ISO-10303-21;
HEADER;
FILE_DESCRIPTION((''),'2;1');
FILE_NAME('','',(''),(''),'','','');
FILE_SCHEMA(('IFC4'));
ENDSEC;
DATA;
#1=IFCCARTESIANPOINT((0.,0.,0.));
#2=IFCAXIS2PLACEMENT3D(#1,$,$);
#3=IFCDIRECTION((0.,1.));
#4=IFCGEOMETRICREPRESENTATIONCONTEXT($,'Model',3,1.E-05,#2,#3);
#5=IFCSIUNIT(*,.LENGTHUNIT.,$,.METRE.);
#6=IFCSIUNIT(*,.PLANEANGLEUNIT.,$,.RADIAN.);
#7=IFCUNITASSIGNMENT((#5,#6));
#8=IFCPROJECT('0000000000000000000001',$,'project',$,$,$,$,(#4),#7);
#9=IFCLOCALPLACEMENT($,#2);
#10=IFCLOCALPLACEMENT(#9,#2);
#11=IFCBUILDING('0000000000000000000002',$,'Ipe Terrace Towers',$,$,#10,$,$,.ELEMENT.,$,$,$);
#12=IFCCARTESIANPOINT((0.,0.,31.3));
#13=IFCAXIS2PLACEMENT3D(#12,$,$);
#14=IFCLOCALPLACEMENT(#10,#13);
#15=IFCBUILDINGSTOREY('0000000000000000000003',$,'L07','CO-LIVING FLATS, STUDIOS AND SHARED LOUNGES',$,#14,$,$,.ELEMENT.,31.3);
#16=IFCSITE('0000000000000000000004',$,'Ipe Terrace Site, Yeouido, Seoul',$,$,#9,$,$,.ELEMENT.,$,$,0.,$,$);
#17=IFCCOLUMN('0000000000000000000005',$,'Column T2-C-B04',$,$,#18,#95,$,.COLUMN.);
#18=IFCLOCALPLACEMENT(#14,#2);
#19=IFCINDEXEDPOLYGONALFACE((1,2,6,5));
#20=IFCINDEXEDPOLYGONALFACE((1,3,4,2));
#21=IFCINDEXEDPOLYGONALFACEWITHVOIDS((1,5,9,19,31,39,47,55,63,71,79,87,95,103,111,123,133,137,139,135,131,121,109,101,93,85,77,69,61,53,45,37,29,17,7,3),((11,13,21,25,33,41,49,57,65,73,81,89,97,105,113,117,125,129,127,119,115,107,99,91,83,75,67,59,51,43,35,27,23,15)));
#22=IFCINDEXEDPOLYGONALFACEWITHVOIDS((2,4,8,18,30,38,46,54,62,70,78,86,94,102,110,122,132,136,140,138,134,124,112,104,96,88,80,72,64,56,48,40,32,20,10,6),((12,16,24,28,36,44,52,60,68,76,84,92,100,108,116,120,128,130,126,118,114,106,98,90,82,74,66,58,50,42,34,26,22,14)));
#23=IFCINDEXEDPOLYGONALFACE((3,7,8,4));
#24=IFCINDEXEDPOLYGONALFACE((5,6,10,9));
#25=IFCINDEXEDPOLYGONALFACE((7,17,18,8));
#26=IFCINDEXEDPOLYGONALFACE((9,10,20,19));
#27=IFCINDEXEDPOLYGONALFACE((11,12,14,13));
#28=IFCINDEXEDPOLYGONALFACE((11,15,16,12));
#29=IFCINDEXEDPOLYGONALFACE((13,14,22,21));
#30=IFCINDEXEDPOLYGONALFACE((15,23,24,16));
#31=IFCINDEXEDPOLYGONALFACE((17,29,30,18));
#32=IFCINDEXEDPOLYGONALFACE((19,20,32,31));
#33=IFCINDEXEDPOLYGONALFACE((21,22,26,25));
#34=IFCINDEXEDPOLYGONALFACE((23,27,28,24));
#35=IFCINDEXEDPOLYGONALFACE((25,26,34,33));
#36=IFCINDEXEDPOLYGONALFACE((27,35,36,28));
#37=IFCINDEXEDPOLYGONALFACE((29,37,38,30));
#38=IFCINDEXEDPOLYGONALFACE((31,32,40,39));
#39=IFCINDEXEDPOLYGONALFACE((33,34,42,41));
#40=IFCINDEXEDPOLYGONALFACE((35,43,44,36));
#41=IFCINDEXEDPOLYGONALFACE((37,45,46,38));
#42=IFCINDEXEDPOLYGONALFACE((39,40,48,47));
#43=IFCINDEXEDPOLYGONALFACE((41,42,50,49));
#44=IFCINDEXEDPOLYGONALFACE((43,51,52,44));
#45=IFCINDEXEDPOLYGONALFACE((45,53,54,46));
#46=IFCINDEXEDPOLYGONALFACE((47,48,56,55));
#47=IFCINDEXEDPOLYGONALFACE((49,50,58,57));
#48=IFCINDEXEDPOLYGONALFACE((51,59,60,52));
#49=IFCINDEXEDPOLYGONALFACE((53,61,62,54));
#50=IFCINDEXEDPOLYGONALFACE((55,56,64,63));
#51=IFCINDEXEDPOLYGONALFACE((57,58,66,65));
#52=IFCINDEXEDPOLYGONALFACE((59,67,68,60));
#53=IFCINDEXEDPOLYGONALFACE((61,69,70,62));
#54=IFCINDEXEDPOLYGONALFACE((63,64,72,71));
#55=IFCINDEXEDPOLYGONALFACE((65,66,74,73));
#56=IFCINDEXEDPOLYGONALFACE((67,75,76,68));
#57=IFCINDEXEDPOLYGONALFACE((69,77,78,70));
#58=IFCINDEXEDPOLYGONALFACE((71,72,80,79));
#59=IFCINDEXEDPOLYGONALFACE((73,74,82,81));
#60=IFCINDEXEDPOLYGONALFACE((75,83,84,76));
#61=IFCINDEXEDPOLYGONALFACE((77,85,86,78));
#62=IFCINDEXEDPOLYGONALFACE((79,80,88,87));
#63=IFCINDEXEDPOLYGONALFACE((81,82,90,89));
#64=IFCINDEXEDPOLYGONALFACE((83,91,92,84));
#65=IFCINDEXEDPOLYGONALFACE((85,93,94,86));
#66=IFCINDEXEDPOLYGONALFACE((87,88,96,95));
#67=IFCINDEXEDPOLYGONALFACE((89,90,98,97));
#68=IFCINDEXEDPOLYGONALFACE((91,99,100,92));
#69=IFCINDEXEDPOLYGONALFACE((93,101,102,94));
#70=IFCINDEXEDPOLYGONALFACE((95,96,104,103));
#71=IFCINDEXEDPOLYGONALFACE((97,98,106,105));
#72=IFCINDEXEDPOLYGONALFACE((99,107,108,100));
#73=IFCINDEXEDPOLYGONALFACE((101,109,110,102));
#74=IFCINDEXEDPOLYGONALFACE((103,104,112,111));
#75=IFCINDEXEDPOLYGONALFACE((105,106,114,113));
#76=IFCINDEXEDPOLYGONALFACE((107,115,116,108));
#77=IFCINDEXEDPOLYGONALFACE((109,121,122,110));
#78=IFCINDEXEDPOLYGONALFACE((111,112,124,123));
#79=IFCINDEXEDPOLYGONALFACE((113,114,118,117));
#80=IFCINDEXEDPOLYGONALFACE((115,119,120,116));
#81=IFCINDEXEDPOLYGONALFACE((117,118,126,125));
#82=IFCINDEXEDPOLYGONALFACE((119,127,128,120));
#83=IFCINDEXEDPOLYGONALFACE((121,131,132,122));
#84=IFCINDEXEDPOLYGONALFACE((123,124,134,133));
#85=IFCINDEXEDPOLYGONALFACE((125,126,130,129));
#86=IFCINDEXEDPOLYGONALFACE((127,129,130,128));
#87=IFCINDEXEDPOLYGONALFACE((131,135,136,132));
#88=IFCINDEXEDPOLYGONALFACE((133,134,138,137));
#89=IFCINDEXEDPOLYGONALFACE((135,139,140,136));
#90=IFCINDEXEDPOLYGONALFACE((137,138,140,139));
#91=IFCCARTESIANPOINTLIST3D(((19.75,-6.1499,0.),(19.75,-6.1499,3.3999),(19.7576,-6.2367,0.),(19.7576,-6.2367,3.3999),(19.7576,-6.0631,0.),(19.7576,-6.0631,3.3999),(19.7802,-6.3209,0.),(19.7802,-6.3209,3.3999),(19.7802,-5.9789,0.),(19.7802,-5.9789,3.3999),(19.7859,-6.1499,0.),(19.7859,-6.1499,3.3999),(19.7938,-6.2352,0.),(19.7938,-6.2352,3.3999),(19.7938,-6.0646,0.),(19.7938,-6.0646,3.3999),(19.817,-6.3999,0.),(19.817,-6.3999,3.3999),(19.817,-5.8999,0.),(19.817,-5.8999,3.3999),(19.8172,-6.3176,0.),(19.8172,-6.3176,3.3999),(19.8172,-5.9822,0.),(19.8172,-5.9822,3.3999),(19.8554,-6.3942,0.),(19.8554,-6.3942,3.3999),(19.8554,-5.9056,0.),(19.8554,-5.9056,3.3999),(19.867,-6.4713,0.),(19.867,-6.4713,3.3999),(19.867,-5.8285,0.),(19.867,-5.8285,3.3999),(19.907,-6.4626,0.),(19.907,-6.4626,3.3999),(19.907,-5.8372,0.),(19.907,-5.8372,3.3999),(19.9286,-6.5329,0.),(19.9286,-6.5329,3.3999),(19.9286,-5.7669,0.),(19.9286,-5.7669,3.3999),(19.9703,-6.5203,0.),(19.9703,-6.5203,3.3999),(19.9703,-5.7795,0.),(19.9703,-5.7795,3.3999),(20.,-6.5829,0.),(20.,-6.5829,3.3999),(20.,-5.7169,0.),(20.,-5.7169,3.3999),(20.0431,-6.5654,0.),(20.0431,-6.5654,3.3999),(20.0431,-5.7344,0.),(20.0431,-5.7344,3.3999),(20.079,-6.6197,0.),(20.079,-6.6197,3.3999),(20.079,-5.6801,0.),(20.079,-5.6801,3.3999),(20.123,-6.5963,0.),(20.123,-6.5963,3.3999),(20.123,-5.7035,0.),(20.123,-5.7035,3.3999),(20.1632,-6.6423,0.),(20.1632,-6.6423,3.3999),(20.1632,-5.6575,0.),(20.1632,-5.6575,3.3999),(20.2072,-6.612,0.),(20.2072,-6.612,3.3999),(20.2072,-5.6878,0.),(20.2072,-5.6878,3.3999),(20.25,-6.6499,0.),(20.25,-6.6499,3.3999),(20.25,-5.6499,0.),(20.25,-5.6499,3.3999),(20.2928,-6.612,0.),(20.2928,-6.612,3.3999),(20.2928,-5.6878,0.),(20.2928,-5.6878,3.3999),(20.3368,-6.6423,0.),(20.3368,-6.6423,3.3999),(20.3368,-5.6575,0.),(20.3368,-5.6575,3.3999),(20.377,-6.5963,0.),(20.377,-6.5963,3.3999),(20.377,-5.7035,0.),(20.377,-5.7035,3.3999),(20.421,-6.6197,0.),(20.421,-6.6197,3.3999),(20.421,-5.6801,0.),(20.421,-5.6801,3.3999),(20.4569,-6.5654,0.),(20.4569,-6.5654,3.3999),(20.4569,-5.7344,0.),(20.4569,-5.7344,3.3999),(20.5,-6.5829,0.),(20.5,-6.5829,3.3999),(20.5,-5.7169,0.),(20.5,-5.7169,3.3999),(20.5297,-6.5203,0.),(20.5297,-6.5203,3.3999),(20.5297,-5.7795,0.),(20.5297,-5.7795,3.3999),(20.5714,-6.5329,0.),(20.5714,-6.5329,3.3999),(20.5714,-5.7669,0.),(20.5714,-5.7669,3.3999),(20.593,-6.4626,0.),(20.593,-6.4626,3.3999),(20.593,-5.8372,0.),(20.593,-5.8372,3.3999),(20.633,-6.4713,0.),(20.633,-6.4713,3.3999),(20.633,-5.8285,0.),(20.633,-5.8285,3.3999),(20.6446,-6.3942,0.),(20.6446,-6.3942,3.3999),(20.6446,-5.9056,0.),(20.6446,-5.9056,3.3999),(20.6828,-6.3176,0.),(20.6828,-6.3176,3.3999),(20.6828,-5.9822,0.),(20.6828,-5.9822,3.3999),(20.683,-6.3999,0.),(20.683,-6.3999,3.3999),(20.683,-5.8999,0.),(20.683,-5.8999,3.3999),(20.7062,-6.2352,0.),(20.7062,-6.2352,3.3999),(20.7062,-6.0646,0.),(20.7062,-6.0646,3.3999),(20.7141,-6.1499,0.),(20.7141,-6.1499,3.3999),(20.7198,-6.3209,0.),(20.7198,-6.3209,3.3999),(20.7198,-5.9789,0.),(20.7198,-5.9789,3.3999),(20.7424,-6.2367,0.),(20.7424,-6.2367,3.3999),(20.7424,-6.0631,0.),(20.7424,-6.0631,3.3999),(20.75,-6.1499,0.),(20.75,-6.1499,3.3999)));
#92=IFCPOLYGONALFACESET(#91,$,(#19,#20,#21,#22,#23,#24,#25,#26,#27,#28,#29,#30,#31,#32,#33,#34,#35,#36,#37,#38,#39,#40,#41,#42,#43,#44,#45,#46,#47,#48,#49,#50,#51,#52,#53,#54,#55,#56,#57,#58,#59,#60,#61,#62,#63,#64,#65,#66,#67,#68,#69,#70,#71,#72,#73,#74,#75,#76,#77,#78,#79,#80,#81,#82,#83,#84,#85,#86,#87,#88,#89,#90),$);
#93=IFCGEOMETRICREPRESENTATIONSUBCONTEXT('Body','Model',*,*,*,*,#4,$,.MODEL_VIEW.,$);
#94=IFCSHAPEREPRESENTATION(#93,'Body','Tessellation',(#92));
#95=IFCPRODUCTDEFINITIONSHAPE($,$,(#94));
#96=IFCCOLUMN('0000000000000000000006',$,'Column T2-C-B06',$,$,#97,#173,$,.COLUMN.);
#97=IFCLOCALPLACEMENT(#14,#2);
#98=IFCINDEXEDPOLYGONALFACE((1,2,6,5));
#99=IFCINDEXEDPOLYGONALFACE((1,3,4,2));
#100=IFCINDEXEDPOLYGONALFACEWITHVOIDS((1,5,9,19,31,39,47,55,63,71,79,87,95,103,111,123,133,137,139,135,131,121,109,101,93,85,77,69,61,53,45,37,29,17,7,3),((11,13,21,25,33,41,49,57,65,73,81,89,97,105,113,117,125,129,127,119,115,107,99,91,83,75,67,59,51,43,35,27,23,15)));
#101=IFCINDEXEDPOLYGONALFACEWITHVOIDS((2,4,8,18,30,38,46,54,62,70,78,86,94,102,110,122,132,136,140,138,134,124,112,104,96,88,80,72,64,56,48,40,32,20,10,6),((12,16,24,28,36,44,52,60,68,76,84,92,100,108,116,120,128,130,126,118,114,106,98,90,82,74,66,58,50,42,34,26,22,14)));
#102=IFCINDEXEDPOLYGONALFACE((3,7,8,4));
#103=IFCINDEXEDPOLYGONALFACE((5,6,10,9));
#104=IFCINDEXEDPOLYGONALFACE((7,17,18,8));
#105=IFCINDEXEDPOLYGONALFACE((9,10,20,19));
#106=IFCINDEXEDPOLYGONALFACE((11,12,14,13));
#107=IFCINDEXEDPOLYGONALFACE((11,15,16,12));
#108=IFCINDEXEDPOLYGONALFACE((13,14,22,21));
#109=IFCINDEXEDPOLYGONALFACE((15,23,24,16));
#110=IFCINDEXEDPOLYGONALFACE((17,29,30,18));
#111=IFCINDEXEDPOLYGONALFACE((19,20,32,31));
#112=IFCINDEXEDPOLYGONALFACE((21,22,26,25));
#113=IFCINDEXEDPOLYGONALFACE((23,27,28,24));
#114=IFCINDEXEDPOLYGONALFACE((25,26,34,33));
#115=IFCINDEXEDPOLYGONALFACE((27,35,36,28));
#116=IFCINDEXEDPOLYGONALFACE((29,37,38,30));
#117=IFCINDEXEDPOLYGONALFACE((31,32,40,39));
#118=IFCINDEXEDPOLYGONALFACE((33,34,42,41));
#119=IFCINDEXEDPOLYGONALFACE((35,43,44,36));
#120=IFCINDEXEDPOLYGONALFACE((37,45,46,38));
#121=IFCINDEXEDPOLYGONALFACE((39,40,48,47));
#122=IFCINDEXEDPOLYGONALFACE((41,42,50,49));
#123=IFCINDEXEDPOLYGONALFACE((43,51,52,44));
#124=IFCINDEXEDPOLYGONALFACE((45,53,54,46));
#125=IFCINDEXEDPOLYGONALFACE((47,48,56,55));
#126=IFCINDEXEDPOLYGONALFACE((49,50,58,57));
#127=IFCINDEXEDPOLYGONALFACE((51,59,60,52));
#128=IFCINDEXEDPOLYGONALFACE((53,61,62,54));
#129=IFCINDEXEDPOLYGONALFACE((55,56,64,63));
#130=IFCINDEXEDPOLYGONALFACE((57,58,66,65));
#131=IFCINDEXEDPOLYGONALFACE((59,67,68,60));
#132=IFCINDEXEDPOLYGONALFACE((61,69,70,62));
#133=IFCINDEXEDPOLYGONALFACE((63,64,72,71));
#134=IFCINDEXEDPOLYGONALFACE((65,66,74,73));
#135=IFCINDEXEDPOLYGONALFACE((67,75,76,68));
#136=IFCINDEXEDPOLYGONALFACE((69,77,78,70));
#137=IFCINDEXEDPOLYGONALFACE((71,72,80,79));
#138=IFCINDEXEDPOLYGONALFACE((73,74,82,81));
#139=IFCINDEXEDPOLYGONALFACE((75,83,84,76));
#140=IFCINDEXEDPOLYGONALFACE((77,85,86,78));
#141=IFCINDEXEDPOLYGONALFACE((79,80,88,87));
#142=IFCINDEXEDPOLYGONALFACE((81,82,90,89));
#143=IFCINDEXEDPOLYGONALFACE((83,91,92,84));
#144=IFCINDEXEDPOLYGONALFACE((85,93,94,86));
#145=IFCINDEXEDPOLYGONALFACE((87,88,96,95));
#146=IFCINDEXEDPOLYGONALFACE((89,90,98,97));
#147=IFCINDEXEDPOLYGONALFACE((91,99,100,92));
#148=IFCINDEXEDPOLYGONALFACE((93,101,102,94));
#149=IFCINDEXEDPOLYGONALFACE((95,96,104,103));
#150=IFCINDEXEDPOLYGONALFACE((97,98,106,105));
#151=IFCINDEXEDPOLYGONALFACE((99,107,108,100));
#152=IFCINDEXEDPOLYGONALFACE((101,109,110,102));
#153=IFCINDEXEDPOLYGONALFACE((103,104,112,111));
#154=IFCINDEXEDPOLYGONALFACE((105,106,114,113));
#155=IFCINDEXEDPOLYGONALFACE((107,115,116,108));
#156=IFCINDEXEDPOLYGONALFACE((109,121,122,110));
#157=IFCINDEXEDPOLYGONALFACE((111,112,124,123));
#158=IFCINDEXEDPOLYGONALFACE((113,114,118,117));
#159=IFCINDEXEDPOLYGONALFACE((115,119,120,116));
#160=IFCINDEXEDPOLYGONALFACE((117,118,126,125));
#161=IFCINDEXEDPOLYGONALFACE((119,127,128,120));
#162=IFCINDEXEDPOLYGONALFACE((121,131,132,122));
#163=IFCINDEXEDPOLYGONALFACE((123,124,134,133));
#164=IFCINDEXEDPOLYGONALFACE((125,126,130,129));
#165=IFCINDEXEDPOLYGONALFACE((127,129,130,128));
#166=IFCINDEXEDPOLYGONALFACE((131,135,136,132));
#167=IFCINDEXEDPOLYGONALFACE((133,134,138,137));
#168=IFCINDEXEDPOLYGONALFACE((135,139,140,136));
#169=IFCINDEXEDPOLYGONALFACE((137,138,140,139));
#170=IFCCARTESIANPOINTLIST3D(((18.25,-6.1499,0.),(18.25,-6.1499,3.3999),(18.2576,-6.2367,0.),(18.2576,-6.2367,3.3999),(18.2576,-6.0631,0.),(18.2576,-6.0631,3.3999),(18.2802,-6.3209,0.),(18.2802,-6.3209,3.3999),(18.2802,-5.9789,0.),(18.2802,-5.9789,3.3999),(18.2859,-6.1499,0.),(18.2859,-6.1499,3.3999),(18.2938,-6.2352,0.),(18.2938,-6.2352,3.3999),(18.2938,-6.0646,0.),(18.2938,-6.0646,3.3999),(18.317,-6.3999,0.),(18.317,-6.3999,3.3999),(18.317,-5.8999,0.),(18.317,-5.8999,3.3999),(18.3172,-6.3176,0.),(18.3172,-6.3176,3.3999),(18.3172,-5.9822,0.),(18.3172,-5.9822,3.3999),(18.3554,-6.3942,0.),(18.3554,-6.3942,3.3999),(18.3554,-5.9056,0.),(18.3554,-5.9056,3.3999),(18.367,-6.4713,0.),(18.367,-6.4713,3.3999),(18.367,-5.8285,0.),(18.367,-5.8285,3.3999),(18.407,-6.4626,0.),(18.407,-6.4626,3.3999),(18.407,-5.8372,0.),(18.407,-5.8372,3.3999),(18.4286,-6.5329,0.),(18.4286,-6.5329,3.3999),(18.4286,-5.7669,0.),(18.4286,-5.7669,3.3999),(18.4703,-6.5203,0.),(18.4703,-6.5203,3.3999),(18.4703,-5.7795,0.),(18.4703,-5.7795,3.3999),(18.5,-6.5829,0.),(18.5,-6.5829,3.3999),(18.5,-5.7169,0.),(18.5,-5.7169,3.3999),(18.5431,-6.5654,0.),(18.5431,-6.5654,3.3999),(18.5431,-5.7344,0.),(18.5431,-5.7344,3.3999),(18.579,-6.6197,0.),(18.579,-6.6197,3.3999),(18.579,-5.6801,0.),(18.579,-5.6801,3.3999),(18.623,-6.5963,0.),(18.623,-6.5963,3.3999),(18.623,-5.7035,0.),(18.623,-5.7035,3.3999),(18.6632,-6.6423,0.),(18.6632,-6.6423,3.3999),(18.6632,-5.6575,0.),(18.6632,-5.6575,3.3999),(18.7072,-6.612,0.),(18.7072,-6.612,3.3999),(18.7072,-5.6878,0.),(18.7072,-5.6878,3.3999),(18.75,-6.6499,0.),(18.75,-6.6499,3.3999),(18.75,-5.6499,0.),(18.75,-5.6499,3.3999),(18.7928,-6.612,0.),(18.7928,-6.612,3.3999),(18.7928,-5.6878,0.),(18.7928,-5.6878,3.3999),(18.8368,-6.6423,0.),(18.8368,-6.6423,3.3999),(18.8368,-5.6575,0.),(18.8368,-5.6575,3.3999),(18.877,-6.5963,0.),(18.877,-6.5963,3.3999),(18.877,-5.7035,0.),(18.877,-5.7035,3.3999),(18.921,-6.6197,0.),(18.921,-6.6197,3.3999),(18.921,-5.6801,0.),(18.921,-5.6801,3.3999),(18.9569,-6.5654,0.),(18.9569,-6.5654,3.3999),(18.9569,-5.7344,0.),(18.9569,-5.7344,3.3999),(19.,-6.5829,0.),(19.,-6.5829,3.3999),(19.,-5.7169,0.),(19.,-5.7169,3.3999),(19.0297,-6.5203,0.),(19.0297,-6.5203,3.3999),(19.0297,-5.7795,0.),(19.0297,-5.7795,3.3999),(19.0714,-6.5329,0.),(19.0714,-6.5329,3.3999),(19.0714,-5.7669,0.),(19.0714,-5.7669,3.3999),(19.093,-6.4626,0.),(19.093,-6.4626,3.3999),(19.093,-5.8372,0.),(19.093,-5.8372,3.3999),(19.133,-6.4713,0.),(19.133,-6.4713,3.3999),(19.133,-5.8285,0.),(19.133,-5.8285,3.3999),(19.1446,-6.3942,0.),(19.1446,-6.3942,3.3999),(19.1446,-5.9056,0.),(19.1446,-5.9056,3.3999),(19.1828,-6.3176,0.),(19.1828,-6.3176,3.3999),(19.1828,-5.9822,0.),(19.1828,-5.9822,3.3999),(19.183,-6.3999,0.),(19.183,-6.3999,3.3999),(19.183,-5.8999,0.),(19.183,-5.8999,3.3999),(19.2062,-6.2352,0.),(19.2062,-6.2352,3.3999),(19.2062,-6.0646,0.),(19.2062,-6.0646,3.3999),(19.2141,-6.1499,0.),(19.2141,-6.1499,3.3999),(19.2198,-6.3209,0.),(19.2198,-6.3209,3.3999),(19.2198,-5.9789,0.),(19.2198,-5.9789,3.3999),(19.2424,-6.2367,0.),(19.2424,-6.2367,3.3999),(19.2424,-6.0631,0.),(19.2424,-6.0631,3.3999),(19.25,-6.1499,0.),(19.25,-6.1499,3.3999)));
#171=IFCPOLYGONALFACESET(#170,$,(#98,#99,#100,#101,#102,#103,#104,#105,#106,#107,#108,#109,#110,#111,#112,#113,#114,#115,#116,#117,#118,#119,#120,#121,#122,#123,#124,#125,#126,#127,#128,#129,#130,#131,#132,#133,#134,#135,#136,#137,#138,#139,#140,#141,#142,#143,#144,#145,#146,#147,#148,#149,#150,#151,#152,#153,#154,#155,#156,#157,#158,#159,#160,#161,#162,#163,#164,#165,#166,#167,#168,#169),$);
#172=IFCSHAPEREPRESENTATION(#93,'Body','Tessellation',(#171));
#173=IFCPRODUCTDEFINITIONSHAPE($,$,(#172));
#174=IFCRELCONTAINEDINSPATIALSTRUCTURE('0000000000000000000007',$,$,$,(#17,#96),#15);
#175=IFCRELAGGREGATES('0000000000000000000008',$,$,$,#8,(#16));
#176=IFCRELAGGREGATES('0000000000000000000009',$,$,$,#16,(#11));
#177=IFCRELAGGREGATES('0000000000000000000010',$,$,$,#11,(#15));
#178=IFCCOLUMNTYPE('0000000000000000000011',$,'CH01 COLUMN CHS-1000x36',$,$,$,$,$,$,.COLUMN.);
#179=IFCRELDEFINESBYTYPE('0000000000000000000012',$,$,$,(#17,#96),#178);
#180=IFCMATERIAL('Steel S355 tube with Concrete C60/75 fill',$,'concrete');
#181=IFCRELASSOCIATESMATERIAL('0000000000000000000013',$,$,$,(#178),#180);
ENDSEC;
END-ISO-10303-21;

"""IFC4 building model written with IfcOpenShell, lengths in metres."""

from ifc_helpers import new_model, si_unit, direction, frame, origin, origin_2d, place, context, subcontext, project, spatial, hollow_circle, extrude, material, material_profile, profile_set, type_object, element, save


model = new_model("IFC4")

# Units and contexts
model_context = context("Model", 3, precision=1e-05, world=origin(), true_north=direction((0.0, 1.0)))
body_context = subcontext(model_context, "Body", "Model", "MODEL_VIEW")
ifc_project = project(units=[si_unit("LENGTHUNIT", "METRE"), si_unit("PLANEANGLEUNIT", "RADIAN")], contexts=[model_context])

# Site, building, storey
site_placement = place(None, origin())
site = spatial("IfcSite", under=ifc_project, at=site_placement, Name="Ipe Terrace Site, Yeouido, Seoul", CompositionType="ELEMENT", RefElevation=0.0)
building_placement = place(site_placement, origin())
building = spatial("IfcBuilding", under=site, at=building_placement, Name="Ipe Terrace Towers", CompositionType="ELEMENT")
storey_placement = place(building_placement, frame((0.0, 0.0, 31.3)))
storey = spatial("IfcBuildingStorey", under=building, at=storey_placement, Name="L07", Description="CO-LIVING FLATS, STUDIOS AND SHARED LOUNGES", CompositionType="ELEMENT", Elevation=31.3)

# Columns
ifc_material_1 = material(Name="Steel S355 tube with Concrete C60/75 fill", Category="concrete")
ifc_material_profile_1 = material_profile(ifc_material_1, hollow_circle(Radius=0.5, WallThickness=0.0359, at=origin_2d()), Name="CHS-1000x36")
ifc_profile_set_1 = profile_set([ifc_material_profile_1], Name="Steel S355 tube with Concrete C60/75 fill")
column_type = type_object("IfcColumnType", Name="CH01 COLUMN CHS-1000x36", PredefinedType="COLUMN", material=ifc_profile_set_1)
for number, where, z_axis, x_axis, name in (
    (1, (20.25, -6.1499, 0.0), (0.0, 0.0, 1.0), (1.0, 0.0, 0.0), "Column T2-C-B04"),
    (2, (18.75, -6.1499, 0.0), (0.0, 0.0, 1.0), (1.0, 0.0, 0.0), "Column T2-C-B06"),
):
    element("IfcColumn", number, at=place(storey_placement, frame(where, z_axis=z_axis, x_axis=x_axis)), inside=storey, type_object=column_type, Name=name, PredefinedType="COLUMN", context=body_context, shape_type="SweptSolid", body=[
        extrude(hollow_circle(Radius=0.5, WallThickness=0.0359, at=origin_2d()), origin(), (0.0, 0.0, 1.0), 3.3999),
    ])

save(model, "model.ifc")
